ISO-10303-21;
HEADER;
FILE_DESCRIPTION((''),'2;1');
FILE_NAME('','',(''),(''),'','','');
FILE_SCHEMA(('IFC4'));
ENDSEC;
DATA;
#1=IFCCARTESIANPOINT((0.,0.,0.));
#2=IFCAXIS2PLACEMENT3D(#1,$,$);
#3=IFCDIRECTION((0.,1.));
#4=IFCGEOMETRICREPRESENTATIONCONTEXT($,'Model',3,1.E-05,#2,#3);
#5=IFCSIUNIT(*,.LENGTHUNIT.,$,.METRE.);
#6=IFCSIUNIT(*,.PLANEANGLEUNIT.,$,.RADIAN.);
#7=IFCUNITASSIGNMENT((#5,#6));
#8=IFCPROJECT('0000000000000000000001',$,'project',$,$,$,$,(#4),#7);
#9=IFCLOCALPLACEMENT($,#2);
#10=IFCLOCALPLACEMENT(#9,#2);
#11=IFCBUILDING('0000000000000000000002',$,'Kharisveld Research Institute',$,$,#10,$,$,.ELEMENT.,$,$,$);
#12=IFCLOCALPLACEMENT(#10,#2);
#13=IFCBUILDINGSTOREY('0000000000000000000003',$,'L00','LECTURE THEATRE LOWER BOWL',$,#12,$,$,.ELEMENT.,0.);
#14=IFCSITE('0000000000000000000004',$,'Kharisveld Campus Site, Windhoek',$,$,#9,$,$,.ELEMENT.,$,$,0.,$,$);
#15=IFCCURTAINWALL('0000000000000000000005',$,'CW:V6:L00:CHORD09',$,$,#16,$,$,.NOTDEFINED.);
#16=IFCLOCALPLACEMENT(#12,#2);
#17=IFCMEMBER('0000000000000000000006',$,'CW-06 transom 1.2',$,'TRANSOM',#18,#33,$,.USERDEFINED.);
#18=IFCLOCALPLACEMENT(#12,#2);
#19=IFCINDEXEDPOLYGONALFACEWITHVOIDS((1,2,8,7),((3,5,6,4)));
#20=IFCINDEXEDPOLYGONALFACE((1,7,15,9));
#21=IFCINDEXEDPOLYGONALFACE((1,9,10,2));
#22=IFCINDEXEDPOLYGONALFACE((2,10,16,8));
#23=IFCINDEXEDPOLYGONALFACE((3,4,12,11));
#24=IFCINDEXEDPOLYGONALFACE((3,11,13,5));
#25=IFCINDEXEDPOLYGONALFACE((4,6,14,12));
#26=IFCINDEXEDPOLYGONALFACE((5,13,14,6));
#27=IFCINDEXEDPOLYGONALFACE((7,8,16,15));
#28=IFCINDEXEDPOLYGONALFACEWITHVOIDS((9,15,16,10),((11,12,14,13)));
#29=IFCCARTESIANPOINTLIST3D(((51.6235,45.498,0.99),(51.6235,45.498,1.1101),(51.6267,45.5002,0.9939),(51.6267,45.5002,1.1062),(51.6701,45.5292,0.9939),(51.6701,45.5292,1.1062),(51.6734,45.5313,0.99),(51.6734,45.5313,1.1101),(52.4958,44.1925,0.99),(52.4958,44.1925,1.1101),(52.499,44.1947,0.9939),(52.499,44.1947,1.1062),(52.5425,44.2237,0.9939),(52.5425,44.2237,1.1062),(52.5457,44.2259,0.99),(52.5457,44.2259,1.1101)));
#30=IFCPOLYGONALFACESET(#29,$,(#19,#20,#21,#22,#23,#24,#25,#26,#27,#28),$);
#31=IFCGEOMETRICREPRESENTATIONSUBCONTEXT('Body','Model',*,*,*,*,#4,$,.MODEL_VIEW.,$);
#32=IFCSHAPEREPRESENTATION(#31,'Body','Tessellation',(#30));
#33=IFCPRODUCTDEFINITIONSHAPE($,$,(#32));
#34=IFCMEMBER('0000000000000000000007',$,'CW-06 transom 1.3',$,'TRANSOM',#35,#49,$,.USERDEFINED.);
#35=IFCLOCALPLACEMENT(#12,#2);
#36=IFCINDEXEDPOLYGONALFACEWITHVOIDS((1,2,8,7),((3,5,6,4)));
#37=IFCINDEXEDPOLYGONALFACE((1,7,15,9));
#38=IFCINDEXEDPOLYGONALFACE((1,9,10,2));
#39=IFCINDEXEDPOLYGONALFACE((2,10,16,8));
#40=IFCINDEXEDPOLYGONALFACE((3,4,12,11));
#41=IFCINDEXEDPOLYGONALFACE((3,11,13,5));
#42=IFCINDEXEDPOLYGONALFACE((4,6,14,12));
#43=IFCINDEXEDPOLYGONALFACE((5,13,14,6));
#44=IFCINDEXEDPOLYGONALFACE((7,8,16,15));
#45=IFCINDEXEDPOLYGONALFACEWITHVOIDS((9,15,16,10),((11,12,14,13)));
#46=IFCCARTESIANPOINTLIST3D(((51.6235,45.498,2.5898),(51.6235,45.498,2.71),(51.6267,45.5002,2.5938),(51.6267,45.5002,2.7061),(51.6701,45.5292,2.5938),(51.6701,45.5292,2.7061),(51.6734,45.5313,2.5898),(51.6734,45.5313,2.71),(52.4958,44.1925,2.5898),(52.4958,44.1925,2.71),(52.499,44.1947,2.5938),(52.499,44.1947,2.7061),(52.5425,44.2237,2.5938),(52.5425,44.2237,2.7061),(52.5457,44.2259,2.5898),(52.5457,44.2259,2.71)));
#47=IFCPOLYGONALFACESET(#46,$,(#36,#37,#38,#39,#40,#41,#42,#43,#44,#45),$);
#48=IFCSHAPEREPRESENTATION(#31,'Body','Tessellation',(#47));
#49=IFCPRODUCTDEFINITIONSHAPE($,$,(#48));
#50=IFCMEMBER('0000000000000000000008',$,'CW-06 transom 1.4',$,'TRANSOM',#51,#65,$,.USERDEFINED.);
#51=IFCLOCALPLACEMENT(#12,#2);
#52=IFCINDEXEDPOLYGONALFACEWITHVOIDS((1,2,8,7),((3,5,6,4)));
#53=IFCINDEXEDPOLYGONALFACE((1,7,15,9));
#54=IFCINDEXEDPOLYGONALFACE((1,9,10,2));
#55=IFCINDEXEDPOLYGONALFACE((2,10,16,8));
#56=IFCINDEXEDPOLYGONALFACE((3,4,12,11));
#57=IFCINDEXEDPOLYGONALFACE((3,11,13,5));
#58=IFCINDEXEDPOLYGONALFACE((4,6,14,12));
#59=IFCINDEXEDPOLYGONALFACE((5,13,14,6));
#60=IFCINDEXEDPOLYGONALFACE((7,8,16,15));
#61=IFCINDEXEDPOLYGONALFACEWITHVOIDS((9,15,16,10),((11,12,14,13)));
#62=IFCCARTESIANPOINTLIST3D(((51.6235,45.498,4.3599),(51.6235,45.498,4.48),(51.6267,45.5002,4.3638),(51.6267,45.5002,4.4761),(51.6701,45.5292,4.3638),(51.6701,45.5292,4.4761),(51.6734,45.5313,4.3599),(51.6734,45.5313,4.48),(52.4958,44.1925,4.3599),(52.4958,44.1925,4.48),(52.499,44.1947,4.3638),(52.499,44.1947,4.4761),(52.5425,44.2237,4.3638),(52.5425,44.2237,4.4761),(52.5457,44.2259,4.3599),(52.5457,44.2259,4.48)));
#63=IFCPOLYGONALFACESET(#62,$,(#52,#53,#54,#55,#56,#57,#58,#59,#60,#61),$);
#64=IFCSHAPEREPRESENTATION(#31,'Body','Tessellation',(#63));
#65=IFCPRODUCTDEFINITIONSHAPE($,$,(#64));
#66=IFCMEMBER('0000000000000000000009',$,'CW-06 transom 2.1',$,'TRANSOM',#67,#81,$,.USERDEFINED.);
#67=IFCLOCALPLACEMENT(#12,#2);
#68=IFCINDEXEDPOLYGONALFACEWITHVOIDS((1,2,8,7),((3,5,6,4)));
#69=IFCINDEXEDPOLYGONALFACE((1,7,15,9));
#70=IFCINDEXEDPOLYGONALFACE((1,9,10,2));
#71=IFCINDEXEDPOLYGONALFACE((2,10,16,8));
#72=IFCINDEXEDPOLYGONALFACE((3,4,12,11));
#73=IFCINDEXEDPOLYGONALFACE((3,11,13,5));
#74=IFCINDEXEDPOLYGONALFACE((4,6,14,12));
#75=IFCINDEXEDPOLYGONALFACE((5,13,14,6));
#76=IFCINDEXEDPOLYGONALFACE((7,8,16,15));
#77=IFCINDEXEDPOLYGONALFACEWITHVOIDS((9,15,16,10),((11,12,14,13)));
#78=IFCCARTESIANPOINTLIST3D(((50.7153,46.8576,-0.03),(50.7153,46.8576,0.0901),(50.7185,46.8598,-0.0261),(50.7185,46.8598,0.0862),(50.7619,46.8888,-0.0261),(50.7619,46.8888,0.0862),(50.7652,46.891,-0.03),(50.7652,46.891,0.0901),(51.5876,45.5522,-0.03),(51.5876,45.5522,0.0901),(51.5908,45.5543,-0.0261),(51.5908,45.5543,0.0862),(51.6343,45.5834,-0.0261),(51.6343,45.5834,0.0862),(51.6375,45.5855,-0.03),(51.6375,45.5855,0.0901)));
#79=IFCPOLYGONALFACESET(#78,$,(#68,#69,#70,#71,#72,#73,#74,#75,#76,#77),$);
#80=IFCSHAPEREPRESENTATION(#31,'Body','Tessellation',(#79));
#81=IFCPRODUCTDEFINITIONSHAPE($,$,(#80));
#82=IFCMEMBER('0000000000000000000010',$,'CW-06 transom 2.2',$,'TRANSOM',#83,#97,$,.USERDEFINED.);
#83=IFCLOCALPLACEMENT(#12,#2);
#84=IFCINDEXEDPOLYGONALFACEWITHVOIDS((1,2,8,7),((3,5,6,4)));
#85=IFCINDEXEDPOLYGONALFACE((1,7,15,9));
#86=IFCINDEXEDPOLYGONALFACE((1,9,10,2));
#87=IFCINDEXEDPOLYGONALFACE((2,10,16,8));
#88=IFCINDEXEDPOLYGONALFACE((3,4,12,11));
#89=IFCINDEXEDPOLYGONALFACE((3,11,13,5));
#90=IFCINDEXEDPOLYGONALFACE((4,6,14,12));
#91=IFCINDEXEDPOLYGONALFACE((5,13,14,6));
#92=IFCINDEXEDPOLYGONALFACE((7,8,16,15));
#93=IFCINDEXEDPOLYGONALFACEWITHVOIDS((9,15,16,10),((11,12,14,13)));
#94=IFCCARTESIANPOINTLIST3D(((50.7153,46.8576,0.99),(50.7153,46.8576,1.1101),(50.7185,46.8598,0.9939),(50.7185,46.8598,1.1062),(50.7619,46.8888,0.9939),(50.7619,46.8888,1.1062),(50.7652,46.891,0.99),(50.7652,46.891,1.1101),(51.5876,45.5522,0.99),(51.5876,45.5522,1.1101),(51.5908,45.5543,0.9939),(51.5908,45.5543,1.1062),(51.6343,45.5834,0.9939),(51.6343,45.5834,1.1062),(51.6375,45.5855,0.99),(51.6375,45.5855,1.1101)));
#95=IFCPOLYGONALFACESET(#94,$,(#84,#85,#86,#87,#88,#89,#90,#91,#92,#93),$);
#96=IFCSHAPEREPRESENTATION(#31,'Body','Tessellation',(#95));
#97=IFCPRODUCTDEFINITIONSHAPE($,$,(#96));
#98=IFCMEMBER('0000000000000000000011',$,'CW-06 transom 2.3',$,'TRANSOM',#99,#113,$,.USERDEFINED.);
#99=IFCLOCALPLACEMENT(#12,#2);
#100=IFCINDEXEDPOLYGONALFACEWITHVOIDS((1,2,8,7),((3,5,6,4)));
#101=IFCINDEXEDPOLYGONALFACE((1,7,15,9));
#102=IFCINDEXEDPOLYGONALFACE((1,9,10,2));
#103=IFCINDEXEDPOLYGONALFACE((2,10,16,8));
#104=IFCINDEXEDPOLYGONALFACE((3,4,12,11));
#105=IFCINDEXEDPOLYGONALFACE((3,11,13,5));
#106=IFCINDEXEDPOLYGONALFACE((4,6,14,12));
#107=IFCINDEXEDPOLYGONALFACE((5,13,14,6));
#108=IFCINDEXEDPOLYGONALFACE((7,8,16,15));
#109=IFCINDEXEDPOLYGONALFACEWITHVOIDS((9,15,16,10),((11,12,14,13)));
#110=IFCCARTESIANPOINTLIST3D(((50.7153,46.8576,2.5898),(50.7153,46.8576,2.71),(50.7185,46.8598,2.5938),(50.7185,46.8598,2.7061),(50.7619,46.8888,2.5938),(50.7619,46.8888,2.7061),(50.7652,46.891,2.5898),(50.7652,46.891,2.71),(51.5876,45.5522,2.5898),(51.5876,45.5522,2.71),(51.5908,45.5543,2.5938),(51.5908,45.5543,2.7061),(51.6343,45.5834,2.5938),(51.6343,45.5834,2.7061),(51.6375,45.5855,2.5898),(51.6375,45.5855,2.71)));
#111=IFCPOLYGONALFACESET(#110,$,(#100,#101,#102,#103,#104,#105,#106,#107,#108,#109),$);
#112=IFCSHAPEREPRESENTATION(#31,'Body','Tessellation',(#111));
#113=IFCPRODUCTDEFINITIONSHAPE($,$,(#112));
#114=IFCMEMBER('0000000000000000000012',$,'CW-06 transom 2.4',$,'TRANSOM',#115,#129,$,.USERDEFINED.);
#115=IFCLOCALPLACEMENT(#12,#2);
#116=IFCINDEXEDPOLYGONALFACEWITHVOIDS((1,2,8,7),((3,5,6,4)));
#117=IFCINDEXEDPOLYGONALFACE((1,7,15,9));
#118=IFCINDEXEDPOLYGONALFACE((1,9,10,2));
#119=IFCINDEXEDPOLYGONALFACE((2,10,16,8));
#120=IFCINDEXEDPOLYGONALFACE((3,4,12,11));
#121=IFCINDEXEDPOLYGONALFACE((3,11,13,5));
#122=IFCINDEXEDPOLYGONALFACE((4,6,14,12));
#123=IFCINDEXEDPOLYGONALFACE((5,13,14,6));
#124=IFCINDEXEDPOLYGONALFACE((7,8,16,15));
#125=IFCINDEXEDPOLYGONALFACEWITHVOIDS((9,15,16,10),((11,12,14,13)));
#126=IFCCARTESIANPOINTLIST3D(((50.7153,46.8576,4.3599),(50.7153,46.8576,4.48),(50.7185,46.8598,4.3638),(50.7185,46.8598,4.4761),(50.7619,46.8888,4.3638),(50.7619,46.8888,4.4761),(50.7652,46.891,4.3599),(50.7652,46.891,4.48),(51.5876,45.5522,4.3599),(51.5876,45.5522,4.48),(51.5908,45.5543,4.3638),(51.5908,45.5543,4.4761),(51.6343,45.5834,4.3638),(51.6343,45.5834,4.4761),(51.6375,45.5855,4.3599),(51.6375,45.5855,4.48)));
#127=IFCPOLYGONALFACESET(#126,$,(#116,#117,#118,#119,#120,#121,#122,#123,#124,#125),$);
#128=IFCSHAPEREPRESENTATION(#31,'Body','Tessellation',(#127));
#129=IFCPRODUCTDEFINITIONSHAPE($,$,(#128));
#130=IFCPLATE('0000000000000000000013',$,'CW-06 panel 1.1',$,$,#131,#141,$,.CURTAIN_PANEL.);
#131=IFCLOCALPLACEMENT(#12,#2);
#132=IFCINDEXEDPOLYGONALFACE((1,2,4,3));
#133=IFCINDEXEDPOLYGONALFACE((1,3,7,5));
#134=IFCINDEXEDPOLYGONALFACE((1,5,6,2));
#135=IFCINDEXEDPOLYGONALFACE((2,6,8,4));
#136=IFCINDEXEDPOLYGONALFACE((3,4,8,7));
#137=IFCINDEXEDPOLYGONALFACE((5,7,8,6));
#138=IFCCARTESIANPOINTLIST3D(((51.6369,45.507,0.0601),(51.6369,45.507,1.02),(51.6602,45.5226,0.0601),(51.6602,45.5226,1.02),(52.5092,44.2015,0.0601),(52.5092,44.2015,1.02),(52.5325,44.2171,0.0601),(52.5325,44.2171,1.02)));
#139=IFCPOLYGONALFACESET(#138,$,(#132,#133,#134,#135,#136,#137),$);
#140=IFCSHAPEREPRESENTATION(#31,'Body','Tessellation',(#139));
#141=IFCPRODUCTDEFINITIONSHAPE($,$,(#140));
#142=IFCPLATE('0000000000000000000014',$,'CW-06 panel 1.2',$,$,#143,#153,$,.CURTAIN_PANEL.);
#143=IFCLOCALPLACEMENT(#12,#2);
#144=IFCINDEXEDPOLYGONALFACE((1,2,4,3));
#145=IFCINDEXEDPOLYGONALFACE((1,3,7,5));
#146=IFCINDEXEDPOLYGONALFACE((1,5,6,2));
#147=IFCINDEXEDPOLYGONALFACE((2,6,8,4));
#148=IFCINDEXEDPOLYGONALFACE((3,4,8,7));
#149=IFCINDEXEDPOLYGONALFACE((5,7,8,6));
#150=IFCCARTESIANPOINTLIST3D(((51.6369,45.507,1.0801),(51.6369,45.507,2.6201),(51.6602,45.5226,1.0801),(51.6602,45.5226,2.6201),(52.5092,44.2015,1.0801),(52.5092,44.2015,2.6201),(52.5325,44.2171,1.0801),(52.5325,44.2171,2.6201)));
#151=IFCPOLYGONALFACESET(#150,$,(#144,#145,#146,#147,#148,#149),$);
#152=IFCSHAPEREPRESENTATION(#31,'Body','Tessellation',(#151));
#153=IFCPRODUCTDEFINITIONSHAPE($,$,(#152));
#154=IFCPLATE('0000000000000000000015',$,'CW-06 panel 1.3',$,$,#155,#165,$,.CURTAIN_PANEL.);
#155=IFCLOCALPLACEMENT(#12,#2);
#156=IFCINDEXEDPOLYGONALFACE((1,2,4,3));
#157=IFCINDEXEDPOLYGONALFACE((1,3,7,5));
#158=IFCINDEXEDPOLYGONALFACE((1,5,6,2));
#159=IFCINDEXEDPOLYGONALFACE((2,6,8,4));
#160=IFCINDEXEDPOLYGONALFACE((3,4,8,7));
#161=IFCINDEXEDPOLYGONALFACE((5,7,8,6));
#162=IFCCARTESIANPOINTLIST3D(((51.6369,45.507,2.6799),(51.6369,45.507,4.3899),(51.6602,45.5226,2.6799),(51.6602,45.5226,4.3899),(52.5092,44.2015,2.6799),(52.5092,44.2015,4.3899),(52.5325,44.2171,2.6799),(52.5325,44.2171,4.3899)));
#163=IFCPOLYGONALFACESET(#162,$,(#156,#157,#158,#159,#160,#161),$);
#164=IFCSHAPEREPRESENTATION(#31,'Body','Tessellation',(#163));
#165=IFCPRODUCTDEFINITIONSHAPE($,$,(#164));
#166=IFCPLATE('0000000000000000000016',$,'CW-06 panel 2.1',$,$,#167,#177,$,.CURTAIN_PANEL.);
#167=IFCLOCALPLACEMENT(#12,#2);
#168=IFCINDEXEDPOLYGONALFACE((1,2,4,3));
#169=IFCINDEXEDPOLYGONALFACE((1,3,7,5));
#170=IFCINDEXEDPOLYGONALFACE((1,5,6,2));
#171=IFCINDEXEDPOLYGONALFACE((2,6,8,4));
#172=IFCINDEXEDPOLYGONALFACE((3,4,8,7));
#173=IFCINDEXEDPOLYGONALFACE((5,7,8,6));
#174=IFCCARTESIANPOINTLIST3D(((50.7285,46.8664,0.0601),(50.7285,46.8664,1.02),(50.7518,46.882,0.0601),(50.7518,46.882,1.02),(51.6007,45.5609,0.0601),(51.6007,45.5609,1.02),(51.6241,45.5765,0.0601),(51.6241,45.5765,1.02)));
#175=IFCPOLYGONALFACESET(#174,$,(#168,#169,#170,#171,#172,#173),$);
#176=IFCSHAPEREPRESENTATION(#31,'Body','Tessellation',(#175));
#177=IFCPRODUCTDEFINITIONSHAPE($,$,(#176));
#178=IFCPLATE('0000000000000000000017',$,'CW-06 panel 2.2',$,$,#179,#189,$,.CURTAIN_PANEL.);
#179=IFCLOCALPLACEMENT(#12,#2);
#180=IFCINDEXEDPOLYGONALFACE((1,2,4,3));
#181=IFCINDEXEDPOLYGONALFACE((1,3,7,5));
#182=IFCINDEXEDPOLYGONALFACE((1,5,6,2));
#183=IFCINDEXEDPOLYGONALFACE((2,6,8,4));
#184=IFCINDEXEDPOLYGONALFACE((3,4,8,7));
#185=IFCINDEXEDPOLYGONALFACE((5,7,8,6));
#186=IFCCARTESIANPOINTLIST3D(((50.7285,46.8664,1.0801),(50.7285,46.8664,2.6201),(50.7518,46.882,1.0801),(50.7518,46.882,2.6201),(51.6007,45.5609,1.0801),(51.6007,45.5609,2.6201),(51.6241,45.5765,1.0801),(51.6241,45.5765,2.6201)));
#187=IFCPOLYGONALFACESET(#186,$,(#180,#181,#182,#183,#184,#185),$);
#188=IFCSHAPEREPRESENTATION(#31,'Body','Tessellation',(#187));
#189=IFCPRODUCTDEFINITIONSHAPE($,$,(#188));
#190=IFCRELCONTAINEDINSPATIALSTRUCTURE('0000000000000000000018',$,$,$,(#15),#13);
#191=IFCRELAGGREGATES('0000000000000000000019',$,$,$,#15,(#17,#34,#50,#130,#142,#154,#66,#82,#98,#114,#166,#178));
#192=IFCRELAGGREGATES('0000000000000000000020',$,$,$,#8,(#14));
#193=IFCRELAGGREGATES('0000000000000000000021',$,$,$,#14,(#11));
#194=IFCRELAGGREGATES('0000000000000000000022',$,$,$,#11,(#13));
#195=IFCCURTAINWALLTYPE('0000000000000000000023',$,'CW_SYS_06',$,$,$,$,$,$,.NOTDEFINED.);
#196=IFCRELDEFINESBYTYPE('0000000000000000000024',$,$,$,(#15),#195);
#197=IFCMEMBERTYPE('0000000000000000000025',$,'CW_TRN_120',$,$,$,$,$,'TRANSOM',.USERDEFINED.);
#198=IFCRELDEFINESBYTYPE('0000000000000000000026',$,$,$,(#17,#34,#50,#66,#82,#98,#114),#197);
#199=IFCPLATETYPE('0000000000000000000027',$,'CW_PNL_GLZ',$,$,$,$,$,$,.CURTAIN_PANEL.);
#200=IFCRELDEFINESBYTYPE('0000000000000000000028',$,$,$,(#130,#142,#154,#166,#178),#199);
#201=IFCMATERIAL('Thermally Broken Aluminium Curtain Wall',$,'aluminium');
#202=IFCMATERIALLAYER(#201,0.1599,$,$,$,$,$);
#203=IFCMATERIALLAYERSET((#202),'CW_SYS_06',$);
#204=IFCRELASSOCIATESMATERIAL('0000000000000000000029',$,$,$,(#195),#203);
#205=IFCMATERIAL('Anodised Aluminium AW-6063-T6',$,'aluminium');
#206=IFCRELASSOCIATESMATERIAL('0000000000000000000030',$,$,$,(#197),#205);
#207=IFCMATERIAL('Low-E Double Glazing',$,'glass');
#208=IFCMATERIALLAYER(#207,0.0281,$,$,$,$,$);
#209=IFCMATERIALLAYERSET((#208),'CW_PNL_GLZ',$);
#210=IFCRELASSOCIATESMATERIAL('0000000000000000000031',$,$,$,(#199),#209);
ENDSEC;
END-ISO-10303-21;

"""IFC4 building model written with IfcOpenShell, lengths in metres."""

from ifc_helpers import new_model, si_unit, direction, frame, origin, origin_2d, place, context, subcontext, project, spatial, rectangle, hollow_rectangle, extrude, material, layer, layer_set, material_profile, profile_set, type_object, element, aggregate, save


model = new_model("IFC4")

# Units and contexts
model_context = context("Model", 3, precision=1e-05, world=origin(), true_north=direction((0.0, 1.0)))
body_context = subcontext(model_context, "Body", "Model", "MODEL_VIEW")
ifc_project = project(units=[si_unit("LENGTHUNIT", "METRE"), si_unit("PLANEANGLEUNIT", "RADIAN")], contexts=[model_context])

# Site, building, storey
site_placement = place(None, origin())
site = spatial("IfcSite", under=ifc_project, at=site_placement, Name="Kharisveld Campus Site, Windhoek", CompositionType="ELEMENT", RefElevation=0.0)
building_placement = place(site_placement, origin())
building = spatial("IfcBuilding", under=site, at=building_placement, Name="Kharisveld Research Institute", CompositionType="ELEMENT")
storey_placement = place(building_placement, origin())
storey = spatial("IfcBuildingStorey", under=building, at=storey_placement, Name="L00", Description="LECTURE THEATRE LOWER BOWL", CompositionType="ELEMENT", Elevation=0.0)

# Curtain wall
ifc_material_1 = material(Name="Thermally Broken Aluminium Curtain Wall", Category="aluminium")
ifc_layer_1 = layer(ifc_material_1, 0.1599)
ifc_layer_set_1 = layer_set([ifc_layer_1], Name="CW_SYS_06")
curtain_wall_type_1 = type_object("IfcCurtainWallType", Name="CW_SYS_06", PredefinedType="NOTDEFINED", material=ifc_layer_set_1)
curtain_wall_1_placement = place(storey_placement, origin())
curtain_wall_1 = element("IfcCurtainWall", 1, at=curtain_wall_1_placement, inside=storey, type_object=curtain_wall_type_1, Name="CW:V6:L00:CHORD09", PredefinedType="NOTDEFINED")

# Members
ifc_material_2 = material(Name="Anodised Aluminium AW-6063-T6", Category="aluminium")
ifc_material_profile_1 = material_profile(ifc_material_2, hollow_rectangle(XDim=0.0601, YDim=0.1201, WallThickness=0.0039, at=origin_2d()))
ifc_profile_set_1 = profile_set([ifc_material_profile_1], Name="Anodised Aluminium AW-6063-T6")
member_type_1 = type_object("IfcMemberType", Name="CW_TRN_120", ElementType="TRANSOM", PredefinedType="USERDEFINED", material=ifc_profile_set_1)
member_1_placement = place(storey_placement, frame((52.5208, 44.2092, 1.05), z_axis=(-0.555597, 0.831452, 0.0), x_axis=(-0.831452, -0.555597, 0.0)))
member_1 = element("IfcMember", 2, at=member_1_placement, type_object=member_type_1, Name="CW-06 transom 1.2", ObjectType="TRANSOM", PredefinedType="USERDEFINED", context=body_context, shape_type="SweptSolid", body=[
    extrude(hollow_rectangle(XDim=0.0601, YDim=0.1201, WallThickness=0.0039, at=origin_2d()), origin(), (0.0, 0.0, 1.0), 1.5701),
])
member_2_placement = place(storey_placement, frame((52.5208, 44.2092, 2.6499), z_axis=(-0.555597, 0.831452, 0.0), x_axis=(-0.831452, -0.555597, 0.0)))
member_2 = element("IfcMember", 3, at=member_2_placement, type_object=member_type_1, Name="CW-06 transom 1.3", ObjectType="TRANSOM", PredefinedType="USERDEFINED", context=body_context, shape_type="SweptSolid", body=[
    extrude(hollow_rectangle(XDim=0.0601, YDim=0.1201, WallThickness=0.0039, at=origin_2d()), origin(), (0.0, 0.0, 1.0), 1.5701),
])
member_3_placement = place(storey_placement, frame((52.5208, 44.2092, 4.4199), z_axis=(-0.555597, 0.831452, 0.0), x_axis=(-0.831452, -0.555597, 0.0)))
member_3 = element("IfcMember", 4, at=member_3_placement, type_object=member_type_1, Name="CW-06 transom 1.4", ObjectType="TRANSOM", PredefinedType="USERDEFINED", context=body_context, shape_type="SweptSolid", body=[
    extrude(hollow_rectangle(XDim=0.0601, YDim=0.1201, WallThickness=0.0039, at=origin_2d()), origin(), (0.0, 0.0, 1.0), 1.5701),
])
member_4_placement = place(storey_placement, frame((51.6125, 45.5688, 0.03), z_axis=(-0.555597, 0.831452, 0.0), x_axis=(-0.831452, -0.555597, 0.0)))
member_4 = element("IfcMember", 5, at=member_4_placement, type_object=member_type_1, Name="CW-06 transom 2.1", ObjectType="TRANSOM", PredefinedType="USERDEFINED", context=body_context, shape_type="SweptSolid", body=[
    extrude(hollow_rectangle(XDim=0.0601, YDim=0.1201, WallThickness=0.0039, at=origin_2d()), origin(), (0.0, 0.0, 1.0), 1.5701),
])
member_5_placement = place(storey_placement, frame((51.6125, 45.5688, 1.05), z_axis=(-0.555597, 0.831452, 0.0), x_axis=(-0.831452, -0.555597, 0.0)))
member_5 = element("IfcMember", 6, at=member_5_placement, type_object=member_type_1, Name="CW-06 transom 2.2", ObjectType="TRANSOM", PredefinedType="USERDEFINED", context=body_context, shape_type="SweptSolid", body=[
    extrude(hollow_rectangle(XDim=0.0601, YDim=0.1201, WallThickness=0.0039, at=origin_2d()), origin(), (0.0, 0.0, 1.0), 1.5701),
])
member_6_placement = place(storey_placement, frame((51.6125, 45.5688, 2.6499), z_axis=(-0.555597, 0.831452, 0.0), x_axis=(-0.831452, -0.555597, 0.0)))
member_6 = element("IfcMember", 7, at=member_6_placement, type_object=member_type_1, Name="CW-06 transom 2.3", ObjectType="TRANSOM", PredefinedType="USERDEFINED", context=body_context, shape_type="SweptSolid", body=[
    extrude(hollow_rectangle(XDim=0.0601, YDim=0.1201, WallThickness=0.0039, at=origin_2d()), origin(), (0.0, 0.0, 1.0), 1.5701),
])
member_7_placement = place(storey_placement, frame((51.6125, 45.5688, 4.4199), z_axis=(-0.555597, 0.831452, 0.0), x_axis=(-0.831452, -0.555597, 0.0)))
member_7 = element("IfcMember", 8, at=member_7_placement, type_object=member_type_1, Name="CW-06 transom 2.4", ObjectType="TRANSOM", PredefinedType="USERDEFINED", context=body_context, shape_type="SweptSolid", body=[
    extrude(hollow_rectangle(XDim=0.0601, YDim=0.1201, WallThickness=0.0039, at=origin_2d()), origin(), (0.0, 0.0, 1.0), 1.5701),
])

# Plates
ifc_material_3 = material(Name="Low-E Double Glazing", Category="glass")
ifc_layer_2 = layer(ifc_material_3, 0.0281)
ifc_layer_set_2 = layer_set([ifc_layer_2], Name="CW_PNL_GLZ")
plate_type = type_object("IfcPlateType", Name="CW_PNL_GLZ", PredefinedType="CURTAIN_PANEL", material=ifc_layer_set_2)
plate_1_placement = place(storey_placement, frame((52.0847, 44.8621, 0.0601), z_axis=(0.0, 0.0, 1.0), x_axis=(-0.55557, 0.83147, 0.0)))
plate_1 = element("IfcPlate", 9, at=plate_1_placement, type_object=plate_type, Name="CW-06 panel 1.1", PredefinedType="CURTAIN_PANEL", context=body_context, shape_type="SweptSolid", body=[
    extrude(rectangle(XDim=1.5701, YDim=0.0281, at=origin_2d()), origin(), (0.0, 0.0, 1.0), 0.96),
])
plate_2_placement = place(storey_placement, frame((52.0847, 44.8621, 1.0801), z_axis=(0.0, 0.0, 1.0), x_axis=(-0.55557, 0.83147, 0.0)))
plate_2 = element("IfcPlate", 10, at=plate_2_placement, type_object=plate_type, Name="CW-06 panel 1.2", PredefinedType="CURTAIN_PANEL", context=body_context, shape_type="SweptSolid", body=[
    extrude(rectangle(XDim=1.5701, YDim=0.0281, at=origin_2d()), origin(), (0.0, 0.0, 1.0), 1.54),
])
plate_3_placement = place(storey_placement, frame((52.0847, 44.8621, 2.6799), z_axis=(0.0, 0.0, 1.0), x_axis=(-0.55557, 0.83147, 0.0)))
plate_3 = element("IfcPlate", 11, at=plate_3_placement, type_object=plate_type, Name="CW-06 panel 1.3", PredefinedType="CURTAIN_PANEL", context=body_context, shape_type="SweptSolid", body=[
    extrude(rectangle(XDim=1.5701, YDim=0.0281, at=origin_2d()), origin(), (0.0, 0.0, 1.0), 1.71),
])
plate_4_placement = place(storey_placement, frame((51.1763, 46.2214, 0.0601), z_axis=(0.0, 0.0, 1.0), x_axis=(-0.55557, 0.83147, 0.0)))
plate_4 = element("IfcPlate", 12, at=plate_4_placement, type_object=plate_type, Name="CW-06 panel 2.1", PredefinedType="CURTAIN_PANEL", context=body_context, shape_type="SweptSolid", body=[
    extrude(rectangle(XDim=1.5701, YDim=0.0281, at=origin_2d()), origin(), (0.0, 0.0, 1.0), 0.96),
])
plate_5_placement = place(storey_placement, frame((51.1763, 46.2214, 1.0801), z_axis=(0.0, 0.0, 1.0), x_axis=(-0.55557, 0.83147, 0.0)))
plate_5 = element("IfcPlate", 13, at=plate_5_placement, type_object=plate_type, Name="CW-06 panel 2.2", PredefinedType="CURTAIN_PANEL", context=body_context, shape_type="SweptSolid", body=[
    extrude(rectangle(XDim=1.5701, YDim=0.0281, at=origin_2d()), origin(), (0.0, 0.0, 1.0), 1.54),
])
aggregate(curtain_wall_1, [member_1, member_2, member_3, plate_1, plate_2, plate_3, member_4, member_5, member_6, member_7, plate_4, plate_5])

save(model, "model.ifc")
